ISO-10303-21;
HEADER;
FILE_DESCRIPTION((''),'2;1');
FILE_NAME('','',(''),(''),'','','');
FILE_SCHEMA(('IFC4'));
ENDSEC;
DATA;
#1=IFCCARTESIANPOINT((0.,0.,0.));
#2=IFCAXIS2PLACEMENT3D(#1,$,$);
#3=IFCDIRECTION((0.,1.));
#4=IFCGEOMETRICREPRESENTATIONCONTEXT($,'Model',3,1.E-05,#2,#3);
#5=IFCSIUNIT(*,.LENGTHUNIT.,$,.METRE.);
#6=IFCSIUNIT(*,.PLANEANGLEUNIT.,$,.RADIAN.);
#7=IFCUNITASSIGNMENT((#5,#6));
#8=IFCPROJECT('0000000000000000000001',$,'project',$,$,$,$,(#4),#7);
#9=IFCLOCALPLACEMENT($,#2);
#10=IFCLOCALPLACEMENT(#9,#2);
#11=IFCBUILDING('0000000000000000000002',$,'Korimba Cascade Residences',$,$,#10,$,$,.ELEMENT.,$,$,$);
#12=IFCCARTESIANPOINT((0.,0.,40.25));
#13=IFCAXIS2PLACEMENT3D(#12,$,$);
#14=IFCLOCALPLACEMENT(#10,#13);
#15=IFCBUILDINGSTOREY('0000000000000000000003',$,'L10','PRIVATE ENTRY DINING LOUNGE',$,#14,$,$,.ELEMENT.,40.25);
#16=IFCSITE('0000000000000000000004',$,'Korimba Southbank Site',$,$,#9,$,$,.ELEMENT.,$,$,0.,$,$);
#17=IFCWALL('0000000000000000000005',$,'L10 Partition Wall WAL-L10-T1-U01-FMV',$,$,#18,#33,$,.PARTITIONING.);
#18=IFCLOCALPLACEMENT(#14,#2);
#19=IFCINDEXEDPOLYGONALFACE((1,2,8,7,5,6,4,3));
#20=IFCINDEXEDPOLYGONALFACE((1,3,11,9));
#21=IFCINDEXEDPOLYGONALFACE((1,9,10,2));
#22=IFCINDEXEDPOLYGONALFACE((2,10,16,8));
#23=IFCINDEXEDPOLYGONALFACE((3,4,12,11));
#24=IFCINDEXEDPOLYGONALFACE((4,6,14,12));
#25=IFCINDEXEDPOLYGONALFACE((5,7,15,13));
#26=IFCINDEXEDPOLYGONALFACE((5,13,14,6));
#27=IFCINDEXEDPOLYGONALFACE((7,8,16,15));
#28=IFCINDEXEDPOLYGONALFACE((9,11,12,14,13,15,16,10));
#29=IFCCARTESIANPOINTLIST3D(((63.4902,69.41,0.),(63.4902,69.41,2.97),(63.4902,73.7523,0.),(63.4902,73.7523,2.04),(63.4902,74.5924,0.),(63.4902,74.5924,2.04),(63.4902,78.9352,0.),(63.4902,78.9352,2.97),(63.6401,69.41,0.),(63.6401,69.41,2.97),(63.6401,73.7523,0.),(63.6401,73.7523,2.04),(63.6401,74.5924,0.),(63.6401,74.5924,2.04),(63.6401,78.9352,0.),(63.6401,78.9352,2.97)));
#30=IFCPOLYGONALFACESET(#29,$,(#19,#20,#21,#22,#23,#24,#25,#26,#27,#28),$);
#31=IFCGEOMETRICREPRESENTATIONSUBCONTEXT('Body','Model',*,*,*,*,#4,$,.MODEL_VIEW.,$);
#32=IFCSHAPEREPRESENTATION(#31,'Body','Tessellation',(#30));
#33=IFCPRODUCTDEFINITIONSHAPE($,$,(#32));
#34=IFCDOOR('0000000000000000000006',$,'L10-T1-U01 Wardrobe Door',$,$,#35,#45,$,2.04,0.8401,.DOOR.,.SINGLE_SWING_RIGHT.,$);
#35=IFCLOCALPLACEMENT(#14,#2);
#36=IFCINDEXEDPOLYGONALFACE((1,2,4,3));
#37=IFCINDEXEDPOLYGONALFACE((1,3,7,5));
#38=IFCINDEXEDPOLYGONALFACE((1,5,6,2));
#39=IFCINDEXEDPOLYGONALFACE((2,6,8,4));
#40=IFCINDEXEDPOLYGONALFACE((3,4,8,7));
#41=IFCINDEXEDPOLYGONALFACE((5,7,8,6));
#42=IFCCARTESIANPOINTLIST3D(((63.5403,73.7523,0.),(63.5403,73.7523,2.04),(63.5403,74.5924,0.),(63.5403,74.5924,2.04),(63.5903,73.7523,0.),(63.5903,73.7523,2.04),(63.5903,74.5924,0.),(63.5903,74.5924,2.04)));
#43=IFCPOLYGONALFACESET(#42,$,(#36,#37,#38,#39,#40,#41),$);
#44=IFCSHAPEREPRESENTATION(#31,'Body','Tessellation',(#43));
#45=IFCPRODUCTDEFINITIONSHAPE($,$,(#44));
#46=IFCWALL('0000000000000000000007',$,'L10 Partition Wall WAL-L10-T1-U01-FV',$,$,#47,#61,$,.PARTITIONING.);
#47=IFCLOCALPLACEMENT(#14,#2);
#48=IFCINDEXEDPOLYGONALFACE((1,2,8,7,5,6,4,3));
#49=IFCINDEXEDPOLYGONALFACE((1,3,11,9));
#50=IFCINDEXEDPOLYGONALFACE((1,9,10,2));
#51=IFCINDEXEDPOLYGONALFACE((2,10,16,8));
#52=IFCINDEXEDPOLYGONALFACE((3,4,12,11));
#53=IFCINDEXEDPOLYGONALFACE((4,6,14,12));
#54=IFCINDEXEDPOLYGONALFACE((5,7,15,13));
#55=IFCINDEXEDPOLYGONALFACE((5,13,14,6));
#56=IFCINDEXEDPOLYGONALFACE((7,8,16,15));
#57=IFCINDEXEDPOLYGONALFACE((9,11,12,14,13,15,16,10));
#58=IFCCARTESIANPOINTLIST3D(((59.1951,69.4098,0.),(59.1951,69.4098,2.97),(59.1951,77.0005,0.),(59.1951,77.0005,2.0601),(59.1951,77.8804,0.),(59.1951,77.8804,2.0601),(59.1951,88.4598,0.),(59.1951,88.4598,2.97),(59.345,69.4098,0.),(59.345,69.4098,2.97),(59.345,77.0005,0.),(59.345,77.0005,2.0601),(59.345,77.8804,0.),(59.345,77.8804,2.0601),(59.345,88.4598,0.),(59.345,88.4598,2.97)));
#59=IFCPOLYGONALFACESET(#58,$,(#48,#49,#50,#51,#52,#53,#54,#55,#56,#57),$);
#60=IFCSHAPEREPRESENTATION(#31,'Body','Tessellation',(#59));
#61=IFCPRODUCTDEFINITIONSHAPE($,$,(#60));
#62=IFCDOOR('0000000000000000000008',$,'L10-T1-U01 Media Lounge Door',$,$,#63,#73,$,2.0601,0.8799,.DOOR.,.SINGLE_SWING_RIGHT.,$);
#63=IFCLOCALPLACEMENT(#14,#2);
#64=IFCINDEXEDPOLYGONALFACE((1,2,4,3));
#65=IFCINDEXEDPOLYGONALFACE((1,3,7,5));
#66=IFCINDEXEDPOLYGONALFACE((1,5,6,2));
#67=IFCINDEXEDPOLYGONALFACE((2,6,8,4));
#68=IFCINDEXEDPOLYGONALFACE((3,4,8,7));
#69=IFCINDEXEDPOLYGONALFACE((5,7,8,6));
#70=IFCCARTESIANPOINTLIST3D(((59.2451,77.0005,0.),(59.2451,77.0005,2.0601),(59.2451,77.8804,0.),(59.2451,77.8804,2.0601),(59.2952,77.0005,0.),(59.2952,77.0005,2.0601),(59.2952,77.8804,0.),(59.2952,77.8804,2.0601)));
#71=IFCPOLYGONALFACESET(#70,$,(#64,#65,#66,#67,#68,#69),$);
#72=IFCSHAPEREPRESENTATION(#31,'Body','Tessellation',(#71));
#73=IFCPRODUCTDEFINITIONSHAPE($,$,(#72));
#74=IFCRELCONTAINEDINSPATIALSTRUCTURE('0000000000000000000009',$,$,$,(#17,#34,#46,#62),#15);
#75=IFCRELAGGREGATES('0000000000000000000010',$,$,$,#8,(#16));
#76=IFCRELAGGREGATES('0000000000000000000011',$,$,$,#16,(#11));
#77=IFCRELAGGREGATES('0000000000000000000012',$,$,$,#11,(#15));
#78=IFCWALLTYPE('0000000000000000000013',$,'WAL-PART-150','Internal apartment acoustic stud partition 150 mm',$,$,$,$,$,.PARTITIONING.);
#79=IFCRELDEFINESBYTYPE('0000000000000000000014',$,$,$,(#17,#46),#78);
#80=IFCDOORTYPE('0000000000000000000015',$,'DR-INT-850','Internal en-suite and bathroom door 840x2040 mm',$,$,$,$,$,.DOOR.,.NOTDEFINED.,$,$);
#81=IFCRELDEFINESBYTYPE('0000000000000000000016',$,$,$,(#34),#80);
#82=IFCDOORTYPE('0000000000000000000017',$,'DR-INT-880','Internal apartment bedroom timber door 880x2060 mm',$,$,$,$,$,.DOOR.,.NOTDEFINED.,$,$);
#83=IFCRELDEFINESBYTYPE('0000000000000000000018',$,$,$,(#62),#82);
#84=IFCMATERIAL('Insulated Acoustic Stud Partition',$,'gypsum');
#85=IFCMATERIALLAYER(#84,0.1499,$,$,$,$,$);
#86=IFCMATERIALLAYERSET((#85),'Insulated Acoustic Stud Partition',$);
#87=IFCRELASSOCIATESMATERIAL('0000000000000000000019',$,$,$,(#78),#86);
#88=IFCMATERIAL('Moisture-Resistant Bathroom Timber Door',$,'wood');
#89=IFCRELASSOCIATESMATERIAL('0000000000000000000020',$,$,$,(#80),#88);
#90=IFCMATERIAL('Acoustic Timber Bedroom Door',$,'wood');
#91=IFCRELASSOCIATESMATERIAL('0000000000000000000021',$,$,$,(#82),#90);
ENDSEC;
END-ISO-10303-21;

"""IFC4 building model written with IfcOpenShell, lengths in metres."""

from ifc_helpers import new_model, si_unit, direction, frame, frame_2d, origin, place, context, subcontext, project, spatial, rectangle, extrude, material, layer, layer_set, type_object, element, fill, save


model = new_model("IFC4")

# Units and contexts
model_context = context("Model", 3, precision=1e-05, world=origin(), true_north=direction((0.0, 1.0)))
body_context = subcontext(model_context, "Body", "Model", "MODEL_VIEW")
ifc_project = project(units=[si_unit("LENGTHUNIT", "METRE"), si_unit("PLANEANGLEUNIT", "RADIAN")], contexts=[model_context])

# Site, building, storey
site_placement = place(None, origin())
site = spatial("IfcSite", under=ifc_project, at=site_placement, Name="Korimba Southbank Site", CompositionType="ELEMENT", RefElevation=0.0)
building_placement = place(site_placement, origin())
building = spatial("IfcBuilding", under=site, at=building_placement, Name="Korimba Cascade Residences", CompositionType="ELEMENT")
storey_placement = place(building_placement, frame((0.0, 0.0, 40.25)))
storey = spatial("IfcBuildingStorey", under=building, at=storey_placement, Name="L10", Description="PRIVATE ENTRY DINING LOUNGE", CompositionType="ELEMENT", Elevation=40.25)

# Walls, openings, doors
ifc_material_1 = material(Name="Insulated Acoustic Stud Partition", Category="gypsum")
ifc_layer_1 = layer(ifc_material_1, 0.1499)
ifc_layer_set_1 = layer_set([ifc_layer_1], Name="Insulated Acoustic Stud Partition")
wall_type_1 = type_object("IfcWallType", Name="WAL-PART-150", Description="Internal apartment acoustic stud partition 150 mm", PredefinedType="PARTITIONING", material=ifc_layer_set_1)
ifc_material_2 = material(Name="Moisture-Resistant Bathroom Timber Door", Category="wood")
door_type_1 = type_object("IfcDoorType", Name="DR-INT-850", Description="Internal en-suite and bathroom door 840x2040 mm", OperationType="NOTDEFINED", PredefinedType="DOOR", material=ifc_material_2)
wall_1_placement = place(storey_placement, frame((63.5652, 69.4099, 0.0), z_axis=(0.0, 0.0, 1.0), x_axis=(0.0, 1.0, 0.0)))
wall_1 = element("IfcWall", 1, at=wall_1_placement, inside=storey, type_object=wall_type_1, Name="L10 Partition Wall WAL-L10-T1-U01-FMV", PredefinedType="PARTITIONING", context=body_context, shape_type="SweptSolid", body=[
    extrude(rectangle(XDim=9.5251, YDim=0.1499, at=frame_2d((4.7627, 0.0))), origin(), (0.0, 0.0, 1.0), 2.97),
])
opening_1_placement = place(wall_1_placement, frame((4.3425, 0.0, 0.0)))
opening_1 = element("IfcOpeningElement", 2, at=opening_1_placement, cuts=wall_1, PredefinedType="OPENING", context=body_context, shape_type="SweptSolid", body=[
    extrude(rectangle(XDim=0.8401, YDim=2.04, at=frame_2d((0.4199, 1.02))), frame((0.0, 0.085, 0.0), z_axis=(0.0, -1.0, 0.0), x_axis=(1.0, 0.0, 0.0)), (0.0, 0.0, 1.0), 0.1699),
])
door_1_placement = place(opening_1_placement, origin())
door_1 = element("IfcDoor", 3, at=door_1_placement, inside=storey, type_object=door_type_1, Name="L10-T1-U01 Wardrobe Door", OperationType="SINGLE_SWING_RIGHT", OverallHeight=2.04, OverallWidth=0.8401, PredefinedType="DOOR", context=body_context, shape_type="SweptSolid", body=[
    extrude(rectangle(XDim=0.8401, YDim=2.04, at=frame_2d((0.4199, 1.02))), frame((0.0, 0.0249, 0.0), z_axis=(0.0, -1.0, 0.0), x_axis=(1.0, 0.0, 0.0)), (0.0, 0.0, 1.0), 0.05),
])
fill(opening_1, door_1)
wall_2_placement = place(storey_placement, frame((59.27, 69.4099, 0.0), z_axis=(0.0, 0.0, 1.0), x_axis=(0.0, 1.0, 0.0)))
wall_2 = element("IfcWall", 4, at=wall_2_placement, inside=storey, type_object=wall_type_1, Name="L10 Partition Wall WAL-L10-T1-U01-FV", PredefinedType="PARTITIONING", context=body_context, shape_type="SweptSolid", body=[
    extrude(rectangle(XDim=19.05, YDim=0.1499, at=frame_2d((9.5249, 0.0))), origin(), (0.0, 0.0, 1.0), 2.97),
])
opening_2_placement = place(wall_2_placement, frame((7.5906, 0.0, 0.0)))
opening_2 = element("IfcOpeningElement", 5, at=opening_2_placement, cuts=wall_2, PredefinedType="OPENING", context=body_context, shape_type="SweptSolid", body=[
    extrude(rectangle(XDim=0.8799, YDim=2.0601, at=frame_2d((0.4399, 1.03))), frame((0.0, 0.085, 0.0), z_axis=(0.0, -1.0, 0.0), x_axis=(1.0, 0.0, 0.0)), (0.0, 0.0, 1.0), 0.1699),
])
ifc_material_3 = material(Name="Acoustic Timber Bedroom Door", Category="wood")
door_type_2 = type_object("IfcDoorType", Name="DR-INT-880", Description="Internal apartment bedroom timber door 880x2060 mm", OperationType="NOTDEFINED", PredefinedType="DOOR", material=ifc_material_3)
door_2_placement = place(opening_2_placement, origin())
door_2 = element("IfcDoor", 6, at=door_2_placement, inside=storey, type_object=door_type_2, Name="L10-T1-U01 Media Lounge Door", OperationType="SINGLE_SWING_RIGHT", OverallHeight=2.0601, OverallWidth=0.8799, PredefinedType="DOOR", context=body_context, shape_type="SweptSolid", body=[
    extrude(rectangle(XDim=0.8799, YDim=2.0601, at=frame_2d((0.4399, 1.03))), frame((0.0, 0.0249, 0.0), z_axis=(0.0, -1.0, 0.0), x_axis=(1.0, 0.0, 0.0)), (0.0, 0.0, 1.0), 0.05),
])
fill(opening_2, door_2)

save(model, "model.ifc")
